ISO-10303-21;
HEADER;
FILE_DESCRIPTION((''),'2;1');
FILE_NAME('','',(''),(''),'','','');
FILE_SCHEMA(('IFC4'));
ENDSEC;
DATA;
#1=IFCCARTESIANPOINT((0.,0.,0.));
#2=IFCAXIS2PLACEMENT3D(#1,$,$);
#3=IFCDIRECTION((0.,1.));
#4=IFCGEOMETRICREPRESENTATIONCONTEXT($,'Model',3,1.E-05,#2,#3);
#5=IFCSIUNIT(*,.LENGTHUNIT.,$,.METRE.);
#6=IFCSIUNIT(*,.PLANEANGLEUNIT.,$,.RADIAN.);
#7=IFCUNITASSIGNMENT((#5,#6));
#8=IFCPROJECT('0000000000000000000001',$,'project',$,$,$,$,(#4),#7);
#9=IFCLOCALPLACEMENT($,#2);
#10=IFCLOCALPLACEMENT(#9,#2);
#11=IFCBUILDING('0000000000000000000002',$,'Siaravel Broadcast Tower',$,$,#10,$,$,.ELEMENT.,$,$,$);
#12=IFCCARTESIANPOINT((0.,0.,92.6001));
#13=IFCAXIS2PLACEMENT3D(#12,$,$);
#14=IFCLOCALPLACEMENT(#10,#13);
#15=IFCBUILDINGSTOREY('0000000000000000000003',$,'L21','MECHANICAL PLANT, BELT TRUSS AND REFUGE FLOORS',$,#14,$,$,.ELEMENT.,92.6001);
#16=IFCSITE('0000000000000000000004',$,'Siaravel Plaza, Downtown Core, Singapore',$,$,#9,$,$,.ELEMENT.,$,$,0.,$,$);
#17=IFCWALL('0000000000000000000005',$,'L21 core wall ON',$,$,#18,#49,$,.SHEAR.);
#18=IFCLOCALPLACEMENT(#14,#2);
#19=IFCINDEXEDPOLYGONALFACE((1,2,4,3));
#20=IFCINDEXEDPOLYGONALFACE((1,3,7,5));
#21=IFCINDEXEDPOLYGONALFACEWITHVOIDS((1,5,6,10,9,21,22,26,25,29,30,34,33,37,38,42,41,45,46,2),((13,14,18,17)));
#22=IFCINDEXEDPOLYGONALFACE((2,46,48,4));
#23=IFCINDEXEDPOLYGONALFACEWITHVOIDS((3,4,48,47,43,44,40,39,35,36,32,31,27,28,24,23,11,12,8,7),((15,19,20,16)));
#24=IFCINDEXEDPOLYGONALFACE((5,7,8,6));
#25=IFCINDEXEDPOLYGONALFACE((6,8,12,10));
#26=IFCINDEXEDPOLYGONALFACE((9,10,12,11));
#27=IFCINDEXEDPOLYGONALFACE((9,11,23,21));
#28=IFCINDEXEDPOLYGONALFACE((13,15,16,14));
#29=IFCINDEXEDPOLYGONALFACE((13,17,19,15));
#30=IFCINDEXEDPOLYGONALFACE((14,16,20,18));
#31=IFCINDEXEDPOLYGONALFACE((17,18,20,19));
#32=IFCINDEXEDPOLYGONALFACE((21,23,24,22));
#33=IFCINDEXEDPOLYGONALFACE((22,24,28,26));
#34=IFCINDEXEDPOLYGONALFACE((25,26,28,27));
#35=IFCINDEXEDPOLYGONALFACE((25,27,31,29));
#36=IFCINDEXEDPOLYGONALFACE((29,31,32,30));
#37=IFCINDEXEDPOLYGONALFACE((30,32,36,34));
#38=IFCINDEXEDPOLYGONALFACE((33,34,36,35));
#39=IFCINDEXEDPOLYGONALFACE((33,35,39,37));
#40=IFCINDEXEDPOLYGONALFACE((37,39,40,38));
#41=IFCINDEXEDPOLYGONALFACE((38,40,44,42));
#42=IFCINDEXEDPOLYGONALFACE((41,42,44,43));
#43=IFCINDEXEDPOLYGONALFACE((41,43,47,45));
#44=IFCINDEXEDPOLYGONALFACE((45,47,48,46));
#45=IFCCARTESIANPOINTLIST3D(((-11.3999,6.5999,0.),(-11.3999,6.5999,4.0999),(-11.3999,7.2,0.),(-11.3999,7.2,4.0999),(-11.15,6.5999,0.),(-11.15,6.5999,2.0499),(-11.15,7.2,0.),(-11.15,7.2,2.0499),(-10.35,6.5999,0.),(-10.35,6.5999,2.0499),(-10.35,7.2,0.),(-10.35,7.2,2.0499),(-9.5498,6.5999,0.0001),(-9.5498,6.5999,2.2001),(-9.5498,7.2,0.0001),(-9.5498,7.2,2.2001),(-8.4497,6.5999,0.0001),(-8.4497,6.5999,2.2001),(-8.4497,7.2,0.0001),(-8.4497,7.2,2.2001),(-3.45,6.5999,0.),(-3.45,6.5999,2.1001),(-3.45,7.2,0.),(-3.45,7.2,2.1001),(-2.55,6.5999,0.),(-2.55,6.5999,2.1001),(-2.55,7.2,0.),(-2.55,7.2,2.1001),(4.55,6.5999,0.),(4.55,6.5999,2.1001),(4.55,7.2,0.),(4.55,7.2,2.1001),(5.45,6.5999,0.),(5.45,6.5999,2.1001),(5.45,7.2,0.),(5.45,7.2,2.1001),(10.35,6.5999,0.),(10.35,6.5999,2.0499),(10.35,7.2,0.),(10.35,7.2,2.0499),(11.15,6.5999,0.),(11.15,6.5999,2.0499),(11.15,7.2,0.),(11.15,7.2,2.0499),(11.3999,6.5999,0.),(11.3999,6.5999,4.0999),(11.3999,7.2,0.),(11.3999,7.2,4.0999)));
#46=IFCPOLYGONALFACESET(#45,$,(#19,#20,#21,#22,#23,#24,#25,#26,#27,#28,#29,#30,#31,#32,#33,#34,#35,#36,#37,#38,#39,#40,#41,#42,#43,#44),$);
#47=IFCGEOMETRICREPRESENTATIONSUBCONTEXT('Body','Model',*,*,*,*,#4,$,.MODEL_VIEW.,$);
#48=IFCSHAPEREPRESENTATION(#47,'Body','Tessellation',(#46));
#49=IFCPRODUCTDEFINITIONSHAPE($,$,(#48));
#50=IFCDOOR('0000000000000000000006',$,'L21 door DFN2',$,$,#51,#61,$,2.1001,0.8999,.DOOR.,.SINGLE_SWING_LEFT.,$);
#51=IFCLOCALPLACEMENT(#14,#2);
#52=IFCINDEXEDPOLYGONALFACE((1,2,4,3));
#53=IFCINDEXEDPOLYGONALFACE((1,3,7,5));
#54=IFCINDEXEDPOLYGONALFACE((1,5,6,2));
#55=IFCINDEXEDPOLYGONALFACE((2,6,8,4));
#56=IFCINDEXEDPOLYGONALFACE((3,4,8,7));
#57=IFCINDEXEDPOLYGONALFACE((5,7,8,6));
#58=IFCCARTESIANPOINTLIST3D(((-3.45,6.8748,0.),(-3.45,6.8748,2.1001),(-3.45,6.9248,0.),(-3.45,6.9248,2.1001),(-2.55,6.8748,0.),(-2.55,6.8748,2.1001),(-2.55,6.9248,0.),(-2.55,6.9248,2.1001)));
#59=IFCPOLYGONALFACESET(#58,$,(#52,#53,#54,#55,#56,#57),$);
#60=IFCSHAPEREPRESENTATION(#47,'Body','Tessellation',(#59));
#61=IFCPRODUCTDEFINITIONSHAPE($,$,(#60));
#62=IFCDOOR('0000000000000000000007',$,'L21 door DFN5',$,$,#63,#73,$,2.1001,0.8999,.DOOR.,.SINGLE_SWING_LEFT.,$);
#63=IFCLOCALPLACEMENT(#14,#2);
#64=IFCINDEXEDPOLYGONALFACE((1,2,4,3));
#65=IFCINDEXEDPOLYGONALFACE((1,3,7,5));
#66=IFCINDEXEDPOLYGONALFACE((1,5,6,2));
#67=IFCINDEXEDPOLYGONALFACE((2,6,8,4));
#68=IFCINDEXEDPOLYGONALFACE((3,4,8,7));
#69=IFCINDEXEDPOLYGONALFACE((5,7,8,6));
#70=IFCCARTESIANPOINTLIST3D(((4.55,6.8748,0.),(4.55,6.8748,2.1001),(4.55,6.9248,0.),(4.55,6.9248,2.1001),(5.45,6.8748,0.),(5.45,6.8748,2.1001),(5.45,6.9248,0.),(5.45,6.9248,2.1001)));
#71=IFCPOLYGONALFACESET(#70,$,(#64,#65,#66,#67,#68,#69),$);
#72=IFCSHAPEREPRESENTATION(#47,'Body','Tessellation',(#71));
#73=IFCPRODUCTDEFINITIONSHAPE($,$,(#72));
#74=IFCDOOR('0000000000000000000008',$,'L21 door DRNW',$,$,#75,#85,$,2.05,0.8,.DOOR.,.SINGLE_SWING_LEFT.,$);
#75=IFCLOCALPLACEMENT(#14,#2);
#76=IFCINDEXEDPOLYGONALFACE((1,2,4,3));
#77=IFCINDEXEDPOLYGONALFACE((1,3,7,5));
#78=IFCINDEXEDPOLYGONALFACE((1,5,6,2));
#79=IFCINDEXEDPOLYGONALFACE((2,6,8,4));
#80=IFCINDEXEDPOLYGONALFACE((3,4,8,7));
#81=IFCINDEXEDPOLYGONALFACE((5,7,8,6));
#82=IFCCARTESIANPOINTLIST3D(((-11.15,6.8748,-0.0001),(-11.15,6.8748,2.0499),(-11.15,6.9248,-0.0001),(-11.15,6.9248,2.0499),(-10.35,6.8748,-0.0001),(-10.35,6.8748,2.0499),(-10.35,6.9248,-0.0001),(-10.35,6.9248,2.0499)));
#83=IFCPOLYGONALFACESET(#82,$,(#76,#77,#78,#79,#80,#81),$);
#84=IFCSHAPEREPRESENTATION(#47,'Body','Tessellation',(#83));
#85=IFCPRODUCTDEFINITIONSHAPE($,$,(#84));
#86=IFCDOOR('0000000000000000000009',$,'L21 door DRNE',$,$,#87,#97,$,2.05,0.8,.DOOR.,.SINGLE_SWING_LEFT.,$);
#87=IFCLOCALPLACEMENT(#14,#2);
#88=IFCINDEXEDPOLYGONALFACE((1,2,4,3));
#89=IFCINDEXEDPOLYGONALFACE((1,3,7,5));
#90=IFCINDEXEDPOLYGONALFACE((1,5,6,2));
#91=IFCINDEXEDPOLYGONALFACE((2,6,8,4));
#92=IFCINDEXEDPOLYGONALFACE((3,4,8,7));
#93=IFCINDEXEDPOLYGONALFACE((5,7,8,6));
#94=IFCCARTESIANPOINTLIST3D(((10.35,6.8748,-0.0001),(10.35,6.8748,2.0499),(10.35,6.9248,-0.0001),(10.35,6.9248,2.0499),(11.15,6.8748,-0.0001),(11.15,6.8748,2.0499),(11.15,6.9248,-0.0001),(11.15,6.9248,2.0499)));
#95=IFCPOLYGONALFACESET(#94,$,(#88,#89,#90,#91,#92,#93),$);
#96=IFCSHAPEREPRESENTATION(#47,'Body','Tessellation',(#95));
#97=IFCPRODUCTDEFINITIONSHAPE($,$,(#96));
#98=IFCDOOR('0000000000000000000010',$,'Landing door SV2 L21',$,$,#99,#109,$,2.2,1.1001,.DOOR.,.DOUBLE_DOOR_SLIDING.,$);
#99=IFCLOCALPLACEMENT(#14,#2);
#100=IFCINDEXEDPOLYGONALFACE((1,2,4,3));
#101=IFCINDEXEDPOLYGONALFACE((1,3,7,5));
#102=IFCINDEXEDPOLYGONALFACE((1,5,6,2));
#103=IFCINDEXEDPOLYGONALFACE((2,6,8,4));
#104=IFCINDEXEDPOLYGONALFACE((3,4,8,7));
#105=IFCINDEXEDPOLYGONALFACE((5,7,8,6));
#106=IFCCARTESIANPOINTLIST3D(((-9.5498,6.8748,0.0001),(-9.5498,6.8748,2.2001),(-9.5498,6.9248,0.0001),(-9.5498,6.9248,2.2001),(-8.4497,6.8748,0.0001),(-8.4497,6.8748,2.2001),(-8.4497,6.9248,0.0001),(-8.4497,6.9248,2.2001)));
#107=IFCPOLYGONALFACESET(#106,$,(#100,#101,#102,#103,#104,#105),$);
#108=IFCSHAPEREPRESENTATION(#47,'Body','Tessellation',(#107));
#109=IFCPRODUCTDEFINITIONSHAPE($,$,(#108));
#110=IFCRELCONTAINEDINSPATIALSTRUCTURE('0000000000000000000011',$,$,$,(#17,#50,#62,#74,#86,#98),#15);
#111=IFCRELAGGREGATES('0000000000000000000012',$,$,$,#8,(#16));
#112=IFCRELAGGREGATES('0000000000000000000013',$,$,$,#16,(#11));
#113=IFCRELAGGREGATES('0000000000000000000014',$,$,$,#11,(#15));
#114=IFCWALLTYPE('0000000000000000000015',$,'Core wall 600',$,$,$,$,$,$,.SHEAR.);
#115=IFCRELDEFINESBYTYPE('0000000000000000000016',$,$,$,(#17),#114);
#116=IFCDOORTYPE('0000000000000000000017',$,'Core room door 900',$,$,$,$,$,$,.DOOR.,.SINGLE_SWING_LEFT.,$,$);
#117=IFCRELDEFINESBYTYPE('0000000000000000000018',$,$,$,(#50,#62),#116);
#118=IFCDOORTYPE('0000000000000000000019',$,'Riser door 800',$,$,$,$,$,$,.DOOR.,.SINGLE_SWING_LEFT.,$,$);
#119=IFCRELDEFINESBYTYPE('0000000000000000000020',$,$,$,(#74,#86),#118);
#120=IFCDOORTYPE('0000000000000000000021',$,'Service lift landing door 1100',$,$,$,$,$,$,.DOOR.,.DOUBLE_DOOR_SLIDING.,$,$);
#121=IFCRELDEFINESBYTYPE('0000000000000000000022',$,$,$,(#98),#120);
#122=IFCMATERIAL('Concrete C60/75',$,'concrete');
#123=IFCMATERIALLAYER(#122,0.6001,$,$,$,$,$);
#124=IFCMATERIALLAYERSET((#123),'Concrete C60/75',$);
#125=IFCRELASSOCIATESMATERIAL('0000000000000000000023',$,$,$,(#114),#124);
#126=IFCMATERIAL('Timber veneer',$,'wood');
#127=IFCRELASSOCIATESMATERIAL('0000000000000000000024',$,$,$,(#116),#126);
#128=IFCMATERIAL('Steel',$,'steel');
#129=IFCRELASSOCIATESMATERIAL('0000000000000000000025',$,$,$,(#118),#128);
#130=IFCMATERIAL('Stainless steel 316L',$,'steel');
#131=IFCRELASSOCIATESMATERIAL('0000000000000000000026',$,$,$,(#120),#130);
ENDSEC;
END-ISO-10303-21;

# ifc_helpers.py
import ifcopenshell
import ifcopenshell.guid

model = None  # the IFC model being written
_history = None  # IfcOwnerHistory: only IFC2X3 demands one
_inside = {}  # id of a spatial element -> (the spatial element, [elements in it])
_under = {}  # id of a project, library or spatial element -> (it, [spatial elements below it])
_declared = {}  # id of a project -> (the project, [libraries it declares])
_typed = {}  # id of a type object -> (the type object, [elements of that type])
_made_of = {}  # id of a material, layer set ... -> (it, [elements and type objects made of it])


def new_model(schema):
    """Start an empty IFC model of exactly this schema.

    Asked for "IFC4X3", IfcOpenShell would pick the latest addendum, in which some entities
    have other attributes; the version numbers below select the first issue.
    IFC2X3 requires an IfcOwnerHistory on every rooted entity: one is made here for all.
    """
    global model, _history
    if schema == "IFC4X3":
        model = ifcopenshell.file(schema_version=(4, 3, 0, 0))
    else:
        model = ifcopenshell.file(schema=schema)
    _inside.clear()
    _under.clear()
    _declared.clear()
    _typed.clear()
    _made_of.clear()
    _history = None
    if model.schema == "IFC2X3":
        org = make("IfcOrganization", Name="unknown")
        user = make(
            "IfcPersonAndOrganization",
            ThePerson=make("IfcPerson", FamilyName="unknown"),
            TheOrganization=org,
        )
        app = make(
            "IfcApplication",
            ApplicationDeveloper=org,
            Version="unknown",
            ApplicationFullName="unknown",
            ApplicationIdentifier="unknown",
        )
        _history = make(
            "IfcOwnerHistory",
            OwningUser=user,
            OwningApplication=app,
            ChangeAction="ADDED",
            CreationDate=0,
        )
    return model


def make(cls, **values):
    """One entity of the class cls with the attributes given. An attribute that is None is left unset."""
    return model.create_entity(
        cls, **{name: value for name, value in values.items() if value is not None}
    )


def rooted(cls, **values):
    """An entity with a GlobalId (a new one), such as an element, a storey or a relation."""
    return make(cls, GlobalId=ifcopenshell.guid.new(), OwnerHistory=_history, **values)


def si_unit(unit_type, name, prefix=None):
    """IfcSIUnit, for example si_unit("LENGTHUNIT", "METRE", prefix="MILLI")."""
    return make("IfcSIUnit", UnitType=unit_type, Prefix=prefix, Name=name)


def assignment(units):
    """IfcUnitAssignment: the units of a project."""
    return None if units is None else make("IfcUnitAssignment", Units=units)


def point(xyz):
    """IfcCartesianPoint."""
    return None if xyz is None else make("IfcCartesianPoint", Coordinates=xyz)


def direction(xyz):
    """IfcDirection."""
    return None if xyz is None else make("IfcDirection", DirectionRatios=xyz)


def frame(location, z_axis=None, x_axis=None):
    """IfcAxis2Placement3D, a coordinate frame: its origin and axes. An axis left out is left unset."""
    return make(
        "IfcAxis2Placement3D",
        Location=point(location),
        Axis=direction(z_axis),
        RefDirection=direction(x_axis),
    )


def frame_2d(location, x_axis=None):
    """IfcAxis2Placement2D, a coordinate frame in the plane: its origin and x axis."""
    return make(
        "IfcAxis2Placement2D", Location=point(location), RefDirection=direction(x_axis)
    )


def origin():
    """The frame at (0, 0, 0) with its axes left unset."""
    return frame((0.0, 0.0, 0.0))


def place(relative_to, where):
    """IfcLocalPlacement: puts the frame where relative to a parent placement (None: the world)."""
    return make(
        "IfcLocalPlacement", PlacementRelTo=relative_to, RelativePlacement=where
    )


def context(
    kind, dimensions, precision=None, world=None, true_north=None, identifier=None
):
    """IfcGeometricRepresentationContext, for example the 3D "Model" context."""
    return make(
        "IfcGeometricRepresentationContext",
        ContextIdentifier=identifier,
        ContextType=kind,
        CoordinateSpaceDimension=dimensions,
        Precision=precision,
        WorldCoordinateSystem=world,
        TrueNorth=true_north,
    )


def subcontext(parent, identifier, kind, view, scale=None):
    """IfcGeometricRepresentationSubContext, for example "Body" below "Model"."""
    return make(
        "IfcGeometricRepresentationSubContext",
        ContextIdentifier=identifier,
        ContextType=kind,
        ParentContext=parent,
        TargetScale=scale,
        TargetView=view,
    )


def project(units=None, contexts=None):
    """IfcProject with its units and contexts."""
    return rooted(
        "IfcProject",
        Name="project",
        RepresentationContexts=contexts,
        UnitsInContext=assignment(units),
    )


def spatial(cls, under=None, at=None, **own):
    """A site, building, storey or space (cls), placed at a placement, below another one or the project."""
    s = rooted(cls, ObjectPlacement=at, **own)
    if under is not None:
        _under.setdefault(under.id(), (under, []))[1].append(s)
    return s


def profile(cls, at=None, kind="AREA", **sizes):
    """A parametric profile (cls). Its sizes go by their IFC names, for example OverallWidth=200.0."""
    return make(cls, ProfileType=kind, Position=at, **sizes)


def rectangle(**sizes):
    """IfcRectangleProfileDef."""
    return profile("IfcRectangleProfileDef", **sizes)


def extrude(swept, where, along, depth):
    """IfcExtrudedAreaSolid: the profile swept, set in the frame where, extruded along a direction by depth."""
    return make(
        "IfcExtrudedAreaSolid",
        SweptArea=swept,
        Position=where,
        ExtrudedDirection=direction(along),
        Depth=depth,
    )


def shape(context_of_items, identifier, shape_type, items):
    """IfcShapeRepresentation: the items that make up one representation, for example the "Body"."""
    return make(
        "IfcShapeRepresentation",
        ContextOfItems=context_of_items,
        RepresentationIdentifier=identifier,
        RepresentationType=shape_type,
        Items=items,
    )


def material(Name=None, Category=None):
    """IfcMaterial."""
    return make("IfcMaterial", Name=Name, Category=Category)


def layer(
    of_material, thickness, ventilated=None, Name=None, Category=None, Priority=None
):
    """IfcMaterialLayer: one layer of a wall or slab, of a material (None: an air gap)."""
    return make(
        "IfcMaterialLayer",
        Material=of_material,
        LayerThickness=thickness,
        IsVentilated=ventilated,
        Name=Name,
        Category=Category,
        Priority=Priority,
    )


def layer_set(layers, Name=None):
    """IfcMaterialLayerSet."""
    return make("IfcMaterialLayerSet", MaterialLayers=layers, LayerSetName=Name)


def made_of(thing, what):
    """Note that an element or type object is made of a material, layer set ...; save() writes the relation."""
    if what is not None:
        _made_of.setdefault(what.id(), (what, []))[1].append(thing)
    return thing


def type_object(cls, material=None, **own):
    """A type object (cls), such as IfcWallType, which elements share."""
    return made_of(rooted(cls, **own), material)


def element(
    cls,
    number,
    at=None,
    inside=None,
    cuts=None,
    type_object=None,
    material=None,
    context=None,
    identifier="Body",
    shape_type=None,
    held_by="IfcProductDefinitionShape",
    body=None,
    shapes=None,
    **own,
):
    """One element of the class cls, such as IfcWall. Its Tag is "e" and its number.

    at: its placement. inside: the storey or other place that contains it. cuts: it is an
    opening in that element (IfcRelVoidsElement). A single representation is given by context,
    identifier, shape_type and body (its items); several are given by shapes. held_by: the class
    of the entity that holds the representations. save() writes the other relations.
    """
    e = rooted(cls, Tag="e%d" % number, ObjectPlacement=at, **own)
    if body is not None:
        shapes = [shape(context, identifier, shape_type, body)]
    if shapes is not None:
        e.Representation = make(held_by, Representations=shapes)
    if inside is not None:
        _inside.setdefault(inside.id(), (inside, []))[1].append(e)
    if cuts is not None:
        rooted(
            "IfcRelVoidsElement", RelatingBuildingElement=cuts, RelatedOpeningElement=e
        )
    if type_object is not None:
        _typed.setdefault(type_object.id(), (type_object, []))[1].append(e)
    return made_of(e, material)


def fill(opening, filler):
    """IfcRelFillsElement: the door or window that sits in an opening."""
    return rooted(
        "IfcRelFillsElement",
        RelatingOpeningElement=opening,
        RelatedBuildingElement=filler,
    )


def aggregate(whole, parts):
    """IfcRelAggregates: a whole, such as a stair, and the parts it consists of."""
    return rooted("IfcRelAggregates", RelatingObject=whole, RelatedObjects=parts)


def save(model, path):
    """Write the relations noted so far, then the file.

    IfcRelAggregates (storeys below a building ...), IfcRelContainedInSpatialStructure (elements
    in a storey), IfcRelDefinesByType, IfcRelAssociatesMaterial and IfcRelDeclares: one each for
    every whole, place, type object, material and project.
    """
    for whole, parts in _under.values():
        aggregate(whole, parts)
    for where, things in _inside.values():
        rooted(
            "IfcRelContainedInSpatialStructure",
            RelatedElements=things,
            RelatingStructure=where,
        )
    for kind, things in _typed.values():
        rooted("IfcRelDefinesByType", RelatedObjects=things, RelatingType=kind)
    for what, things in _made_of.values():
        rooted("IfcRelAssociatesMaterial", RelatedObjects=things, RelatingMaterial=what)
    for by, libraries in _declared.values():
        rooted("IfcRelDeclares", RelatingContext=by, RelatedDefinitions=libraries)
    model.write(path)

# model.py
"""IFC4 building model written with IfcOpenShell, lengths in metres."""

from ifc_helpers import new_model, si_unit, direction, frame, frame_2d, origin, place, context, subcontext, project, spatial, rectangle, extrude, material, layer, layer_set, type_object, element, fill, save


model = new_model("IFC4")

# Units and contexts
model_context = context("Model", 3, precision=1e-05, world=origin(), true_north=direction((0.0, 1.0)))
body_context = subcontext(model_context, "Body", "Model", "MODEL_VIEW")
ifc_project = project(units=[si_unit("LENGTHUNIT", "METRE"), si_unit("PLANEANGLEUNIT", "RADIAN")], contexts=[model_context])

# Site, building, storey
site_placement = place(None, origin())
site = spatial("IfcSite", under=ifc_project, at=site_placement, Name="Siaravel Plaza, Downtown Core, Singapore", CompositionType="ELEMENT", RefElevation=0.0)
building_placement = place(site_placement, origin())
building = spatial("IfcBuilding", under=site, at=building_placement, Name="Siaravel Broadcast Tower", CompositionType="ELEMENT")
storey_placement = place(building_placement, frame((0.0, 0.0, 92.6001)))
storey = spatial("IfcBuildingStorey", under=building, at=storey_placement, Name="L21", Description="MECHANICAL PLANT, BELT TRUSS AND REFUGE FLOORS", CompositionType="ELEMENT", Elevation=92.6001)

# Wall, openings, doors
ifc_material_1 = material(Name="Concrete C60/75", Category="concrete")
ifc_layer_1 = layer(ifc_material_1, 0.6001)
ifc_layer_set_1 = layer_set([ifc_layer_1], Name="Concrete C60/75")
wall_type_1 = type_object("IfcWallType", Name="Core wall 600", PredefinedType="SHEAR", material=ifc_layer_set_1)
wall_1_placement = place(storey_placement, frame((-11.3999, 6.8999, 0.0), z_axis=(0.0, 0.0, 1.0), x_axis=(1.0, 0.0, 0.0)))
wall_1 = element("IfcWall", 1, at=wall_1_placement, inside=storey, type_object=wall_type_1, Name="L21 core wall ON", PredefinedType="SHEAR", context=body_context, shape_type="SweptSolid", body=[
    extrude(rectangle(XDim=22.7998, YDim=0.6001, at=frame_2d((11.3999, 0.0))), origin(), (0.0, 0.0, 1.0), 4.0999),
])
opening_1_placement = place(wall_1_placement, frame((1.8501, 0.0, 0.0)))
opening_1 = element("IfcOpeningElement", 2, at=opening_1_placement, cuts=wall_1, PredefinedType="OPENING", context=body_context, shape_type="SweptSolid", body=[
    extrude(rectangle(XDim=1.1001, YDim=2.2, at=frame_2d((0.55, 1.1001))), frame((0.0, 0.3101, 0.0), z_axis=(0.0, -1.0, 0.0), x_axis=(1.0, 0.0, 0.0)), (0.0, 0.0, 1.0), 0.6201),
])
opening_2_placement = place(wall_1_placement, frame((7.95, 0.0, 0.0)))
opening_2 = element("IfcOpeningElement", 3, at=opening_2_placement, cuts=wall_1, PredefinedType="OPENING", context=body_context, shape_type="SweptSolid", body=[
    extrude(rectangle(XDim=0.8999, YDim=2.1001, at=frame_2d((0.45, 1.05))), frame((0.0, 0.3101, 0.0), z_axis=(0.0, -1.0, 0.0), x_axis=(1.0, 0.0, 0.0)), (0.0, 0.0, 1.0), 0.6201),
])
opening_3_placement = place(wall_1_placement, frame((15.95, 0.0, 0.0)))
opening_3 = element("IfcOpeningElement", 4, at=opening_3_placement, cuts=wall_1, PredefinedType="OPENING", context=body_context, shape_type="SweptSolid", body=[
    extrude(rectangle(XDim=0.8999, YDim=2.1001, at=frame_2d((0.45, 1.05))), frame((0.0, 0.3101, 0.0), z_axis=(0.0, -1.0, 0.0), x_axis=(1.0, 0.0, 0.0)), (0.0, 0.0, 1.0), 0.6201),
])
opening_4_placement = place(wall_1_placement, frame((0.25, 0.0, 0.0)))
opening_4 = element("IfcOpeningElement", 5, at=opening_4_placement, cuts=wall_1, PredefinedType="OPENING", context=body_context, shape_type="SweptSolid", body=[
    extrude(rectangle(XDim=0.8, YDim=2.05, at=frame_2d((0.3999, 1.0249))), frame((0.0, 0.3101, 0.0), z_axis=(0.0, -1.0, 0.0), x_axis=(1.0, 0.0, 0.0)), (0.0, 0.0, 1.0), 0.6201),
])
opening_5_placement = place(wall_1_placement, frame((21.75, 0.0, 0.0)))
opening_5 = element("IfcOpeningElement", 6, at=opening_5_placement, cuts=wall_1, PredefinedType="OPENING", context=body_context, shape_type="SweptSolid", body=[
    extrude(rectangle(XDim=0.8, YDim=2.05, at=frame_2d((0.3999, 1.0249))), frame((0.0, 0.3101, 0.0), z_axis=(0.0, -1.0, 0.0), x_axis=(1.0, 0.0, 0.0)), (0.0, 0.0, 1.0), 0.6201),
])
ifc_material_2 = material(Name="Timber veneer", Category="wood")
door_type_1 = type_object("IfcDoorType", Name="Core room door 900", OperationType="SINGLE_SWING_LEFT", PredefinedType="DOOR", material=ifc_material_2)
door_1_placement = place(opening_2_placement, origin())
door_1 = element("IfcDoor", 7, at=door_1_placement, inside=storey, type_object=door_type_1, Name="L21 door DFN2", OperationType="SINGLE_SWING_LEFT", OverallHeight=2.1001, OverallWidth=0.8999, PredefinedType="DOOR", context=body_context, shape_type="SweptSolid", body=[
    extrude(rectangle(XDim=0.8999, YDim=2.1001, at=frame_2d((0.45, 1.05))), frame((0.0, 0.0249, 0.0), z_axis=(0.0, -1.0, 0.0), x_axis=(1.0, 0.0, 0.0)), (0.0, 0.0, 1.0), 0.05),
])
fill(opening_2, door_1)
door_2_placement = place(opening_3_placement, origin())
door_2 = element("IfcDoor", 8, at=door_2_placement, inside=storey, type_object=door_type_1, Name="L21 door DFN5", OperationType="SINGLE_SWING_LEFT", OverallHeight=2.1001, OverallWidth=0.8999, PredefinedType="DOOR", context=body_context, shape_type="SweptSolid", body=[
    extrude(rectangle(XDim=0.8999, YDim=2.1001, at=frame_2d((0.45, 1.05))), frame((0.0, 0.0249, 0.0), z_axis=(0.0, -1.0, 0.0), x_axis=(1.0, 0.0, 0.0)), (0.0, 0.0, 1.0), 0.05),
])
fill(opening_3, door_2)
ifc_material_3 = material(Name="Steel", Category="steel")
door_type_2 = type_object("IfcDoorType", Name="Riser door 800", OperationType="SINGLE_SWING_LEFT", PredefinedType="DOOR", material=ifc_material_3)
door_3_placement = place(opening_4_placement, origin())
door_3 = element("IfcDoor", 9, at=door_3_placement, inside=storey, type_object=door_type_2, Name="L21 door DRNW", OperationType="SINGLE_SWING_LEFT", OverallHeight=2.05, OverallWidth=0.8, PredefinedType="DOOR", context=body_context, shape_type="SweptSolid", body=[
    extrude(rectangle(XDim=0.8, YDim=2.05, at=frame_2d((0.3999, 1.0249))), frame((0.0, 0.0249, 0.0), z_axis=(0.0, -1.0, 0.0), x_axis=(1.0, 0.0, 0.0)), (0.0, 0.0, 1.0), 0.05),
])
fill(opening_4, door_3)
door_4_placement = place(opening_5_placement, origin())
door_4 = element("IfcDoor", 10, at=door_4_placement, inside=storey, type_object=door_type_2, Name="L21 door DRNE", OperationType="SINGLE_SWING_LEFT", OverallHeight=2.05, OverallWidth=0.8, PredefinedType="DOOR", context=body_context, shape_type="SweptSolid", body=[
    extrude(rectangle(XDim=0.8, YDim=2.05, at=frame_2d((0.3999, 1.0249))), frame((0.0, 0.0249, 0.0), z_axis=(0.0, -1.0, 0.0), x_axis=(1.0, 0.0, 0.0)), (0.0, 0.0, 1.0), 0.05),
])
fill(opening_5, door_4)
ifc_material_4 = material(Name="Stainless steel 316L", Category="steel")
door_type_3 = type_object("IfcDoorType", Name="Service lift landing door 1100", OperationType="DOUBLE_DOOR_SLIDING", PredefinedType="DOOR", material=ifc_material_4)
door_5_placement = place(opening_1_placement, origin())
door_5 = element("IfcDoor", 11, at=door_5_placement, inside=storey, type_object=door_type_3, Name="Landing door SV2 L21", OperationType="DOUBLE_DOOR_SLIDING", OverallHeight=2.2, OverallWidth=1.1001, PredefinedType="DOOR", context=body_context, shape_type="SweptSolid", body=[
    extrude(rectangle(XDim=1.1001, YDim=2.2, at=frame_2d((0.55, 1.1001))), frame((0.0, 0.0249, 0.0), z_axis=(0.0, -1.0, 0.0), x_axis=(1.0, 0.0, 0.0)), (0.0, 0.0, 1.0), 0.05),
])
fill(opening_1, door_5)

save(model, "model.ifc")
